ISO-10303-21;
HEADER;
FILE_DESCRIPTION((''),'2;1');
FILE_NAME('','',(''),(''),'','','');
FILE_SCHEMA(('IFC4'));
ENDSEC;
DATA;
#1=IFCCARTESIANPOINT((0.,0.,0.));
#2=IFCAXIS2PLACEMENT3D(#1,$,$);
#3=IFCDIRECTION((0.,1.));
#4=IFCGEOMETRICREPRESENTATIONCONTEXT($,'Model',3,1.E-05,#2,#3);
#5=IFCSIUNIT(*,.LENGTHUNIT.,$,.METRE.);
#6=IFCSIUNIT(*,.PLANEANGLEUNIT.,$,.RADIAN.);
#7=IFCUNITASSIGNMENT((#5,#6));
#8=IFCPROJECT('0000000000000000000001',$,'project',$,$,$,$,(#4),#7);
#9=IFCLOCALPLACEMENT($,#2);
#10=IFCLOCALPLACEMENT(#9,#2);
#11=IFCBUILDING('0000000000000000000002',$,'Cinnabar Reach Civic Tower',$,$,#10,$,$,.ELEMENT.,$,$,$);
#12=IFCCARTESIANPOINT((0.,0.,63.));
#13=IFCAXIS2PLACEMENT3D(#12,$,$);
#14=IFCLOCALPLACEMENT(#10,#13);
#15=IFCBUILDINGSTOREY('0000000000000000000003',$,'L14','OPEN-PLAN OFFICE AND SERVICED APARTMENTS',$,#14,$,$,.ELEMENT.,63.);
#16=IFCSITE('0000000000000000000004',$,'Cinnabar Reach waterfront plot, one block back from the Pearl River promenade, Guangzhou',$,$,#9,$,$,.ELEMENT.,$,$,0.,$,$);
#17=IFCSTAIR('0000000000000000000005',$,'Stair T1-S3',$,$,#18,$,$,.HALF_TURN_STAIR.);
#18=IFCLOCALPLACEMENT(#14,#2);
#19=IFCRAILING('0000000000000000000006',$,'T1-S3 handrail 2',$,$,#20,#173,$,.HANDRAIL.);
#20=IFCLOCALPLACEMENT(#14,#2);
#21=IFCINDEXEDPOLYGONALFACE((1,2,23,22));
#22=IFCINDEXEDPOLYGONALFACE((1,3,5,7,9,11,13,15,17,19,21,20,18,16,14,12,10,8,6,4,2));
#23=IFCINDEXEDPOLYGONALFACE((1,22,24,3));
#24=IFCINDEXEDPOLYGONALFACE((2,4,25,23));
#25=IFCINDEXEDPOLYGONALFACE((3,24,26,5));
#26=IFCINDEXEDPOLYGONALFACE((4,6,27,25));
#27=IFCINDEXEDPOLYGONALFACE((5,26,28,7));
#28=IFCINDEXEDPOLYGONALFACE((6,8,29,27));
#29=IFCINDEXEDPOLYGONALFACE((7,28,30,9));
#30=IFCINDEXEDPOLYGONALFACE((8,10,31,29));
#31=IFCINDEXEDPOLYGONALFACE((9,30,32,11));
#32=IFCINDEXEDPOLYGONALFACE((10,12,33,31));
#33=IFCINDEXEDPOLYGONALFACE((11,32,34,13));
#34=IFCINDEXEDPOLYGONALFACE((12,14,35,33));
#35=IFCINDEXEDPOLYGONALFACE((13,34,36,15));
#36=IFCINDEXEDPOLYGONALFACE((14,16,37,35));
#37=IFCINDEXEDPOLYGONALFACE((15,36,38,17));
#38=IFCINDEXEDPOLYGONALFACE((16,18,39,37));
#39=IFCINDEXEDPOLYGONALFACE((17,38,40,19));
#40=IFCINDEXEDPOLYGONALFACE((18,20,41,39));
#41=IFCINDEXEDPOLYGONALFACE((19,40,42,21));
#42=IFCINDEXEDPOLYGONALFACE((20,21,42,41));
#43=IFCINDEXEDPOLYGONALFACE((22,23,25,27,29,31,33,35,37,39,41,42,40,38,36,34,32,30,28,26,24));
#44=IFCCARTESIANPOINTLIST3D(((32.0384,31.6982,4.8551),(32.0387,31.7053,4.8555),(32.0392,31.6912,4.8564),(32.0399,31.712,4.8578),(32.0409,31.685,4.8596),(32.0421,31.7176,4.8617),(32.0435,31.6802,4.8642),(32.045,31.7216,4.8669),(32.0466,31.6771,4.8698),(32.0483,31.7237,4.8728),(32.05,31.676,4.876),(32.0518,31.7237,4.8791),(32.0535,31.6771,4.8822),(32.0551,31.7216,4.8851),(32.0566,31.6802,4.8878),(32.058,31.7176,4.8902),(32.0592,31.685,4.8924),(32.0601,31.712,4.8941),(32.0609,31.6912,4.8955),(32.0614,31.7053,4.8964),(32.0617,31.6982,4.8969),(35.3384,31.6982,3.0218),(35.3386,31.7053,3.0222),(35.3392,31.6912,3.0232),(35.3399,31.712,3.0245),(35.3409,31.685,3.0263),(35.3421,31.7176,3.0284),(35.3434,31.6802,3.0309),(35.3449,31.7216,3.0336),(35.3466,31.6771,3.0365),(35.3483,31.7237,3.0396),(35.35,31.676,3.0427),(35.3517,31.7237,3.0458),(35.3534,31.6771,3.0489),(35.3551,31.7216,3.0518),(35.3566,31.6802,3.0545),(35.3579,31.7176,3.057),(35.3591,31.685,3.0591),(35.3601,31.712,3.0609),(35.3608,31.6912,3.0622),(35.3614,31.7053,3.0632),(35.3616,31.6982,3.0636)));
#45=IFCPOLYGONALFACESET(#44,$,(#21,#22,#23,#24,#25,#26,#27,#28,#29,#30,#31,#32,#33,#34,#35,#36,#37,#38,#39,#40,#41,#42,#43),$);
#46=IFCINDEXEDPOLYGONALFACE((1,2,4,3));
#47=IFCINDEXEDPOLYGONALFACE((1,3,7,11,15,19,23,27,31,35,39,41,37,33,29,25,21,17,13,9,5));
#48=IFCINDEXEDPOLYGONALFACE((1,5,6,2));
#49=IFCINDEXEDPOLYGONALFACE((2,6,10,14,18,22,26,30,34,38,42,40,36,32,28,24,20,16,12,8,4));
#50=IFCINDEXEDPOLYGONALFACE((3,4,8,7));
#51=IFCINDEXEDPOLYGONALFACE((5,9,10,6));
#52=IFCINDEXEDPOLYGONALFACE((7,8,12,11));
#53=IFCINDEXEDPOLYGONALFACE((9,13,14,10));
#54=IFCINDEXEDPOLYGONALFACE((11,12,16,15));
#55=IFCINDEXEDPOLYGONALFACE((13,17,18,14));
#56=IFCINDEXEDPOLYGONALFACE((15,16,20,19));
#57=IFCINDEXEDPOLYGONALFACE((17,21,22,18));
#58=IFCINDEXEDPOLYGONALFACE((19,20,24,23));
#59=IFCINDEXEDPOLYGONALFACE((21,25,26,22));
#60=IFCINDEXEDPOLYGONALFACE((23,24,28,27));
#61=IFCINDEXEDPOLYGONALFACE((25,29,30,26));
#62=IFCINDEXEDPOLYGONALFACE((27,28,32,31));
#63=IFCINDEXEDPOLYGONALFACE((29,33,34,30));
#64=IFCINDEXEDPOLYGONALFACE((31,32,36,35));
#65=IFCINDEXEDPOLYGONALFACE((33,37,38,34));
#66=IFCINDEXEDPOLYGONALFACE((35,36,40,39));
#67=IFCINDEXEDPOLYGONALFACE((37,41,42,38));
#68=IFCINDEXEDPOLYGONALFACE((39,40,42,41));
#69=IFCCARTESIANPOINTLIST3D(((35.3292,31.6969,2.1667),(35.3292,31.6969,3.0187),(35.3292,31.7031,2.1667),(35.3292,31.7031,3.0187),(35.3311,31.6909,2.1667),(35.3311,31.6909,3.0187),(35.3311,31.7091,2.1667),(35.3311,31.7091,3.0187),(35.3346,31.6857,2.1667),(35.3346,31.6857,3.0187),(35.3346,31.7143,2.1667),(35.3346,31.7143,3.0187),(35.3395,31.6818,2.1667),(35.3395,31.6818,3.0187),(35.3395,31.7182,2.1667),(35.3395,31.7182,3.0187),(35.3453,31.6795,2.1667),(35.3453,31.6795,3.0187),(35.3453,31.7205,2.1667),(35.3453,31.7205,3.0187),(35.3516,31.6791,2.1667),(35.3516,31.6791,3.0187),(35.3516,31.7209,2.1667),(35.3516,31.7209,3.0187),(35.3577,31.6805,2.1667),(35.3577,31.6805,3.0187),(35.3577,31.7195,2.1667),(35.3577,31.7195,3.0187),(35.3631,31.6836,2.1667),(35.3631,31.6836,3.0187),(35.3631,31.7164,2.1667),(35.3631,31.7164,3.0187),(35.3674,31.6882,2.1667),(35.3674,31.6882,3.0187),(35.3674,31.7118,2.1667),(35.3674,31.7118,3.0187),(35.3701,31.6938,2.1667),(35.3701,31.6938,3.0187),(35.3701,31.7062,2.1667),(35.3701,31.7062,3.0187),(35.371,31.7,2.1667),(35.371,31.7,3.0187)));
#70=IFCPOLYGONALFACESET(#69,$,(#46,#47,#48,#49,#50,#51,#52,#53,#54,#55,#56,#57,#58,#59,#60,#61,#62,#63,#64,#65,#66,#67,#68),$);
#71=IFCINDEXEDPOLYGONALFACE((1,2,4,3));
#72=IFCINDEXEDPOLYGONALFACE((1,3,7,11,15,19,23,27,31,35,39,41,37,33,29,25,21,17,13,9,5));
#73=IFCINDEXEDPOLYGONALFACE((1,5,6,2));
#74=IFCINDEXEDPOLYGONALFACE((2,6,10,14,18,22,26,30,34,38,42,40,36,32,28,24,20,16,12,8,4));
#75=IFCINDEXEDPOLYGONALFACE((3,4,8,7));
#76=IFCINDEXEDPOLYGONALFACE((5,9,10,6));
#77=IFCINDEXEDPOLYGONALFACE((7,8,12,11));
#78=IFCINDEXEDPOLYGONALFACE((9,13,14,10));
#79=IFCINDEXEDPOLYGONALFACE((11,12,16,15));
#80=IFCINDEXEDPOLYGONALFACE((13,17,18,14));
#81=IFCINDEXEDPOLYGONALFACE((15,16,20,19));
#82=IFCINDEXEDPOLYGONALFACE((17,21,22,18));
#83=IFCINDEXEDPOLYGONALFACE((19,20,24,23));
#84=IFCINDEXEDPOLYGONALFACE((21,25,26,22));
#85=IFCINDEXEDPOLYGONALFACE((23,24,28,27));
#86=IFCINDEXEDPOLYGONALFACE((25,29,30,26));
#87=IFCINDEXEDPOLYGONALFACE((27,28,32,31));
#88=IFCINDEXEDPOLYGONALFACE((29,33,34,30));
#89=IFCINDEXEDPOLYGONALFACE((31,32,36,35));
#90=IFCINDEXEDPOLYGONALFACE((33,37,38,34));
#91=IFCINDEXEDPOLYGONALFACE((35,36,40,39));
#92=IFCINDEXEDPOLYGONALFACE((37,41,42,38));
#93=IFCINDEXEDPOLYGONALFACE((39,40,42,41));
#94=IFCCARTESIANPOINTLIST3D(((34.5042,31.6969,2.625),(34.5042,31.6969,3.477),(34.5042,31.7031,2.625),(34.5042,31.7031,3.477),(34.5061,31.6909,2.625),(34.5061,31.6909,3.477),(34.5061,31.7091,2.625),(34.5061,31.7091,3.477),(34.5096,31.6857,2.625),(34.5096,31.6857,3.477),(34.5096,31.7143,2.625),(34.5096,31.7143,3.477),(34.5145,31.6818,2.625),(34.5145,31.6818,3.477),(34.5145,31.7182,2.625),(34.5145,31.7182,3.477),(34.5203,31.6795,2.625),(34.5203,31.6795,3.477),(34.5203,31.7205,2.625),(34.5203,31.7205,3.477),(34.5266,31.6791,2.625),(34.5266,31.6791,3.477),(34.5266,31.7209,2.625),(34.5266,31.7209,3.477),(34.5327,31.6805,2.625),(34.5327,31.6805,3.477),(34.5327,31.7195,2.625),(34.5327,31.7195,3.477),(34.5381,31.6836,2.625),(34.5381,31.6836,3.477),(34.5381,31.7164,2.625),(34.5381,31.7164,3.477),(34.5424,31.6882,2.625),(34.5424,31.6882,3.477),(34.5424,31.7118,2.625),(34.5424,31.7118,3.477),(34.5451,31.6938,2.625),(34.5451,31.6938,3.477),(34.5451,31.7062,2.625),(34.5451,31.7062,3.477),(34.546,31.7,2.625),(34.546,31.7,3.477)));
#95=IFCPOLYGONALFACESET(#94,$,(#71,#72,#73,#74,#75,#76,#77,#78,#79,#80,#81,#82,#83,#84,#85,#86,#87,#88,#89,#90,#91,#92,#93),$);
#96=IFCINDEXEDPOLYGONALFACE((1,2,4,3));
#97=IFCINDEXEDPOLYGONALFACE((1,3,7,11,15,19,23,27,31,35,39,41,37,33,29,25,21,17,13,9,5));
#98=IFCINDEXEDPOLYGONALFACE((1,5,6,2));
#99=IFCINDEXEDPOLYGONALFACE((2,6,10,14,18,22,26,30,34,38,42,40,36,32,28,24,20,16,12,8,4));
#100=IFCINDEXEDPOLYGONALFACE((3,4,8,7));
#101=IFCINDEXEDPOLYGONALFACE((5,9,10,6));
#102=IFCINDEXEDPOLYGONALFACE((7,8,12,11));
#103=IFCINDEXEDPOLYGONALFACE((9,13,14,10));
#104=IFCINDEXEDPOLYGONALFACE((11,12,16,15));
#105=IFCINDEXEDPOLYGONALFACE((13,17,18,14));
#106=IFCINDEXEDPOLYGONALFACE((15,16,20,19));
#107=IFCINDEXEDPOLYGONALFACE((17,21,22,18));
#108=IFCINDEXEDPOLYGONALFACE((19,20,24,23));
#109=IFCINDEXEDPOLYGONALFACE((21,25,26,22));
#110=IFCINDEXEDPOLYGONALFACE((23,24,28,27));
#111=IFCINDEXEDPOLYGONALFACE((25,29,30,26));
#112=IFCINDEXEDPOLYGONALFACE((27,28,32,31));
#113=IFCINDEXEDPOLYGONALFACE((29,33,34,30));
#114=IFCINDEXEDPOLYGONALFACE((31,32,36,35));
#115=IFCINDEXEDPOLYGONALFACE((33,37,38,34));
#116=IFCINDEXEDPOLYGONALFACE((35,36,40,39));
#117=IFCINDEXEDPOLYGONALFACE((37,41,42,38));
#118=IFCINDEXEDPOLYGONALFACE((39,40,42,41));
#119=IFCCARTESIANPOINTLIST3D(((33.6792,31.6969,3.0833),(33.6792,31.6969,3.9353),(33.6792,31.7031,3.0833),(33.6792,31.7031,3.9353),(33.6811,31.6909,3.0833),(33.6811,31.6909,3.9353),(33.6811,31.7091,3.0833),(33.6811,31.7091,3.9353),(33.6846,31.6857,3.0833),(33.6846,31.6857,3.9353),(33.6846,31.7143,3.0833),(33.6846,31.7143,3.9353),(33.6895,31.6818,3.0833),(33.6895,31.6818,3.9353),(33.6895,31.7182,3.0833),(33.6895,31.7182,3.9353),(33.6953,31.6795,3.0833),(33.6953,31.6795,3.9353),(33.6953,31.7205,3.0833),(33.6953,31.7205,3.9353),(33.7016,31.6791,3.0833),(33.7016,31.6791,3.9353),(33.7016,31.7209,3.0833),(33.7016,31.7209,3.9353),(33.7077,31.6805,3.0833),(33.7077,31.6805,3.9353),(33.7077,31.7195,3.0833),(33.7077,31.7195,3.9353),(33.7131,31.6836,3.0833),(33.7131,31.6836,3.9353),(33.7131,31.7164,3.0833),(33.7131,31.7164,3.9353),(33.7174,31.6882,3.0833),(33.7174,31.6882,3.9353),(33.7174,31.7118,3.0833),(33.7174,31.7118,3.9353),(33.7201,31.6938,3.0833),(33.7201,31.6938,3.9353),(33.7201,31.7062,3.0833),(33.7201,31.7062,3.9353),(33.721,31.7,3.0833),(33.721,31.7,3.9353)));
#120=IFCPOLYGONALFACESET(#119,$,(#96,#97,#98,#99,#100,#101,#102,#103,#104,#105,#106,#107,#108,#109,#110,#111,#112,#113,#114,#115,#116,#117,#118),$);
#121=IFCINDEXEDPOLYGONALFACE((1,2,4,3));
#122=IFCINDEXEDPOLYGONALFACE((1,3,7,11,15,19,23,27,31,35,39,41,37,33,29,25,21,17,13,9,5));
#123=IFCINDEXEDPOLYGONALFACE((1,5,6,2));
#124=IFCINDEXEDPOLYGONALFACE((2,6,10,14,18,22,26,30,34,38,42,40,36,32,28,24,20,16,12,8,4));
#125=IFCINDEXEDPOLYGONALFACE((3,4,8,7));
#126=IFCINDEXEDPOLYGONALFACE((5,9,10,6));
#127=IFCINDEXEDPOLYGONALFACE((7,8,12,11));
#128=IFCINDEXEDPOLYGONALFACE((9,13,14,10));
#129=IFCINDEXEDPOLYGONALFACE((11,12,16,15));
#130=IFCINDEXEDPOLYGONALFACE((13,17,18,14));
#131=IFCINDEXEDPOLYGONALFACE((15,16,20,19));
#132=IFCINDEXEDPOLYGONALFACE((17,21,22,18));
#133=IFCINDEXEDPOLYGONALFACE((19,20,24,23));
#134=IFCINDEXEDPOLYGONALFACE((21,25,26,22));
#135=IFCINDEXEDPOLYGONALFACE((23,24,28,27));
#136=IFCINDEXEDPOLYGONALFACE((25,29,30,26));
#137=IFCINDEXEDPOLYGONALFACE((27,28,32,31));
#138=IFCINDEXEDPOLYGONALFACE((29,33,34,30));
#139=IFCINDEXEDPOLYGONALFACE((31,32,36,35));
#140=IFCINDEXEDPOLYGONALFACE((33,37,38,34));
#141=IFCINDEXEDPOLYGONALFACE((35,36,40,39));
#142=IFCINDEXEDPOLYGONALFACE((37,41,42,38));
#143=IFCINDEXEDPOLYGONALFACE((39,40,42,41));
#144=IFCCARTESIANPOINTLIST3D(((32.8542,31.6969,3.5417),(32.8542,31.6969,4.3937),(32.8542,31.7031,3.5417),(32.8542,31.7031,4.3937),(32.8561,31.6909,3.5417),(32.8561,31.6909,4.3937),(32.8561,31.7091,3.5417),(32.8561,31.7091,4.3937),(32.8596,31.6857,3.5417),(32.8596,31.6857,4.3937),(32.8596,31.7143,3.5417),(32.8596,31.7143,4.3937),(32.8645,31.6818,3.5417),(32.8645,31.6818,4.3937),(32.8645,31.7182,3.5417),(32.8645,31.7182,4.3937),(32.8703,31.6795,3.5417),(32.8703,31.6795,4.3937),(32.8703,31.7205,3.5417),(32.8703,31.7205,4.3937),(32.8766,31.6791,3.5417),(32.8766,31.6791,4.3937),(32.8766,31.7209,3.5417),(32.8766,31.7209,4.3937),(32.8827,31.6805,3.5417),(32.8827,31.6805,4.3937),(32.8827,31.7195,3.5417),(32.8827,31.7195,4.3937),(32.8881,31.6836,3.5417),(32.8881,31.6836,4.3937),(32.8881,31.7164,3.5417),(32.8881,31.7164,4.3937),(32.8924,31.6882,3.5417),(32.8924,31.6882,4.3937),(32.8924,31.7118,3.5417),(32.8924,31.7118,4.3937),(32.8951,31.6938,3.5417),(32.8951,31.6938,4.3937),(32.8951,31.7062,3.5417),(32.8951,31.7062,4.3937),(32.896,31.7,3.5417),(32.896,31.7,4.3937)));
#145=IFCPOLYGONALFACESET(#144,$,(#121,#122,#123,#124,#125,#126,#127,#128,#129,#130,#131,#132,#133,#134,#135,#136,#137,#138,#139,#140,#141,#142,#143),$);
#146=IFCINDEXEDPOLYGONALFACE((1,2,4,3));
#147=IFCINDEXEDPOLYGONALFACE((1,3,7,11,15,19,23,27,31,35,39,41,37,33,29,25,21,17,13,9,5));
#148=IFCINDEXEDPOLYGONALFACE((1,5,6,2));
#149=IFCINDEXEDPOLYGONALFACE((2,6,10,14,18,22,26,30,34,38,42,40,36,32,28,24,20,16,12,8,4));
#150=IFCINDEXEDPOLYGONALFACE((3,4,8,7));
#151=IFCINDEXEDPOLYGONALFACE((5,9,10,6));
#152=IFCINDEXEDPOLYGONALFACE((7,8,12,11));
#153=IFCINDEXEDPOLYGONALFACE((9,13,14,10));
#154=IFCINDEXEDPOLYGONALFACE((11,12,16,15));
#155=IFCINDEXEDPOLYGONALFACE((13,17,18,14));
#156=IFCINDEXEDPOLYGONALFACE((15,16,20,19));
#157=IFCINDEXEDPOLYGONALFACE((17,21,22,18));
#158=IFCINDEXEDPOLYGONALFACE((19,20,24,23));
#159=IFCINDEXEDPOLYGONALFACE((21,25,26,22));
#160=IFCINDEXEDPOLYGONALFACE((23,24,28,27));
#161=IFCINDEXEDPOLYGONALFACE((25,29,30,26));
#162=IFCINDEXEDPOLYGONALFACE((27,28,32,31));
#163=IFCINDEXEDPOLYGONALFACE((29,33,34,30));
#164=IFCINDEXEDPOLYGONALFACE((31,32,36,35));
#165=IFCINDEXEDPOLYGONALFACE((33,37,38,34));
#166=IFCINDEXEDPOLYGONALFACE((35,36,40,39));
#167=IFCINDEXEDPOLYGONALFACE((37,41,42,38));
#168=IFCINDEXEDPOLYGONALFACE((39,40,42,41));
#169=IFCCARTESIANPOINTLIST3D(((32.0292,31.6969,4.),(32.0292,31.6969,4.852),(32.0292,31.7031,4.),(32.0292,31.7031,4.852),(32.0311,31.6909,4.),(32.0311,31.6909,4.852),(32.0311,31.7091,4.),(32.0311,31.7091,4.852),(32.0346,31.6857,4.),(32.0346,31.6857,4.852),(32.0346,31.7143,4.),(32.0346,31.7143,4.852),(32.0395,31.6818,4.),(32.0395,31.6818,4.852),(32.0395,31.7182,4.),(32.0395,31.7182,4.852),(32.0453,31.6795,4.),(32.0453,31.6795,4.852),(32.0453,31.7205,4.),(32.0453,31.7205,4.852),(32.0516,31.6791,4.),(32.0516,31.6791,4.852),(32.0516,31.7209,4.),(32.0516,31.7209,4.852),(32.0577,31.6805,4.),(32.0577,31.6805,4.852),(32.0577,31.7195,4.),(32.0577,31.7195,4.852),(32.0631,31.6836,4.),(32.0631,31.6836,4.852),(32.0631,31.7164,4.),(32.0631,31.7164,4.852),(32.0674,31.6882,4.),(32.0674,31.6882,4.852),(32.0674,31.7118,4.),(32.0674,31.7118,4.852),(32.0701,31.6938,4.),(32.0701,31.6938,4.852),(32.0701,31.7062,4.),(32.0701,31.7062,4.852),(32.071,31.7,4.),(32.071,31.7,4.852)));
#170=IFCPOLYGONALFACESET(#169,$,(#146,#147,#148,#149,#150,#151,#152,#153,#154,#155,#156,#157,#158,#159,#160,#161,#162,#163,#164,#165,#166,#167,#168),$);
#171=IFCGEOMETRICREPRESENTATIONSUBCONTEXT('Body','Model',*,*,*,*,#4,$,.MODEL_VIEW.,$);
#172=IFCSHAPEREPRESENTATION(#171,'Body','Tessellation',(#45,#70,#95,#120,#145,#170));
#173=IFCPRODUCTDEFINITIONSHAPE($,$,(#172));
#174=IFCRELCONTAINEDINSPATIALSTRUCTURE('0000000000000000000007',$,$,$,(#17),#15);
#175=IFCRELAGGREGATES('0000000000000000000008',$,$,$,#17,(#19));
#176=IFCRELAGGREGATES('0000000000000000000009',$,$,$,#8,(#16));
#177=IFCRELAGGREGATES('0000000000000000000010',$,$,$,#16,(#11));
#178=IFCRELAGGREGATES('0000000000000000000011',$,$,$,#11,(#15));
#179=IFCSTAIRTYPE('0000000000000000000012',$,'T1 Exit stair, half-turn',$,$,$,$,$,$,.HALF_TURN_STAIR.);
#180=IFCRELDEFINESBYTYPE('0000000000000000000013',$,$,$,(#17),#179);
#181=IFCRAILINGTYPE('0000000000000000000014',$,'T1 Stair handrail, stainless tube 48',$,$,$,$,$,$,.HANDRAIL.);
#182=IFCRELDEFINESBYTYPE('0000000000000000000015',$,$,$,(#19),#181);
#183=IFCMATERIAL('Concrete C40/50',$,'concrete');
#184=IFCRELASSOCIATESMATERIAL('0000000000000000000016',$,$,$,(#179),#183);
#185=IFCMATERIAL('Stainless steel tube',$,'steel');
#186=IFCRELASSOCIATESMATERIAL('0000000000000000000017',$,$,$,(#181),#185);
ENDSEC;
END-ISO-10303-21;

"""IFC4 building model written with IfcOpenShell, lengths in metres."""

from ifc_helpers import new_model, si_unit, direction, frame, origin, origin_2d, place, context, subcontext, project, spatial, circle, extrude, material, type_object, element, aggregate, save


model = new_model("IFC4")

# Units and contexts
model_context = context("Model", 3, precision=1e-05, world=origin(), true_north=direction((0.0, 1.0)))
body_context = subcontext(model_context, "Body", "Model", "MODEL_VIEW")
ifc_project = project(units=[si_unit("LENGTHUNIT", "METRE"), si_unit("PLANEANGLEUNIT", "RADIAN")], contexts=[model_context])

# Site, building, storey
site_placement = place(None, origin())
site = spatial("IfcSite", under=ifc_project, at=site_placement, Name="Cinnabar Reach waterfront plot, one block back from the Pearl River promenade, Guangzhou", CompositionType="ELEMENT", RefElevation=0.0)
building_placement = place(site_placement, origin())
building = spatial("IfcBuilding", under=site, at=building_placement, Name="Cinnabar Reach Civic Tower", CompositionType="ELEMENT")
storey_placement = place(building_placement, frame((0.0, 0.0, 63.0)))
storey = spatial("IfcBuildingStorey", under=building, at=storey_placement, Name="L14", Description="OPEN-PLAN OFFICE AND SERVICED APARTMENTS", CompositionType="ELEMENT", Elevation=63.0)

# Stair, railing
ifc_material_1 = material(Name="Concrete C40/50", Category="concrete")
stair_type = type_object("IfcStairType", Name="T1 Exit stair, half-turn", PredefinedType="HALF_TURN_STAIR", material=ifc_material_1)
stair_placement = place(storey_placement, origin())
stair = element("IfcStair", 1, at=stair_placement, inside=storey, type_object=stair_type, Name="Stair T1-S3", PredefinedType="HALF_TURN_STAIR")
ifc_material_2 = material(Name="Stainless steel tube", Category="steel")
railing_type = type_object("IfcRailingType", Name="T1 Stair handrail, stainless tube 48", PredefinedType="HANDRAIL", material=ifc_material_2)
railing_1_placement = place(storey_placement, frame((35.35, 31.7, 2.1667)))
railing_1 = element("IfcRailing", 2, at=railing_1_placement, type_object=railing_type, Name="T1-S3 handrail 2", PredefinedType="HANDRAIL", context=body_context, shape_type="SweptSolid", body=[
    extrude(circle(Radius=0.024, at=origin_2d()), frame((0.0, 0.0, 0.876), z_axis=(-0.874161, 0.0, 0.485636), x_axis=(0.0, -1.0, 0.0)), (0.0, 0.0, 1.0), 3.775),
    extrude(circle(Radius=0.021, at=origin_2d()), origin(), (0.0, 0.0, 1.0), 0.852),
    extrude(circle(Radius=0.021, at=origin_2d()), frame((-0.825, 0.0, 0.4583)), (0.0, 0.0, 1.0), 0.852),
    extrude(circle(Radius=0.021, at=origin_2d()), frame((-1.65, 0.0, 0.9166)), (0.0, 0.0, 1.0), 0.852),
    extrude(circle(Radius=0.021, at=origin_2d()), frame((-2.475, 0.0, 1.375)), (0.0, 0.0, 1.0), 0.852),
    extrude(circle(Radius=0.021, at=origin_2d()), frame((-3.3, 0.0, 1.8333)), (0.0, 0.0, 1.0), 0.852),
])
aggregate(stair, [railing_1])

save(model, "model.ifc")
